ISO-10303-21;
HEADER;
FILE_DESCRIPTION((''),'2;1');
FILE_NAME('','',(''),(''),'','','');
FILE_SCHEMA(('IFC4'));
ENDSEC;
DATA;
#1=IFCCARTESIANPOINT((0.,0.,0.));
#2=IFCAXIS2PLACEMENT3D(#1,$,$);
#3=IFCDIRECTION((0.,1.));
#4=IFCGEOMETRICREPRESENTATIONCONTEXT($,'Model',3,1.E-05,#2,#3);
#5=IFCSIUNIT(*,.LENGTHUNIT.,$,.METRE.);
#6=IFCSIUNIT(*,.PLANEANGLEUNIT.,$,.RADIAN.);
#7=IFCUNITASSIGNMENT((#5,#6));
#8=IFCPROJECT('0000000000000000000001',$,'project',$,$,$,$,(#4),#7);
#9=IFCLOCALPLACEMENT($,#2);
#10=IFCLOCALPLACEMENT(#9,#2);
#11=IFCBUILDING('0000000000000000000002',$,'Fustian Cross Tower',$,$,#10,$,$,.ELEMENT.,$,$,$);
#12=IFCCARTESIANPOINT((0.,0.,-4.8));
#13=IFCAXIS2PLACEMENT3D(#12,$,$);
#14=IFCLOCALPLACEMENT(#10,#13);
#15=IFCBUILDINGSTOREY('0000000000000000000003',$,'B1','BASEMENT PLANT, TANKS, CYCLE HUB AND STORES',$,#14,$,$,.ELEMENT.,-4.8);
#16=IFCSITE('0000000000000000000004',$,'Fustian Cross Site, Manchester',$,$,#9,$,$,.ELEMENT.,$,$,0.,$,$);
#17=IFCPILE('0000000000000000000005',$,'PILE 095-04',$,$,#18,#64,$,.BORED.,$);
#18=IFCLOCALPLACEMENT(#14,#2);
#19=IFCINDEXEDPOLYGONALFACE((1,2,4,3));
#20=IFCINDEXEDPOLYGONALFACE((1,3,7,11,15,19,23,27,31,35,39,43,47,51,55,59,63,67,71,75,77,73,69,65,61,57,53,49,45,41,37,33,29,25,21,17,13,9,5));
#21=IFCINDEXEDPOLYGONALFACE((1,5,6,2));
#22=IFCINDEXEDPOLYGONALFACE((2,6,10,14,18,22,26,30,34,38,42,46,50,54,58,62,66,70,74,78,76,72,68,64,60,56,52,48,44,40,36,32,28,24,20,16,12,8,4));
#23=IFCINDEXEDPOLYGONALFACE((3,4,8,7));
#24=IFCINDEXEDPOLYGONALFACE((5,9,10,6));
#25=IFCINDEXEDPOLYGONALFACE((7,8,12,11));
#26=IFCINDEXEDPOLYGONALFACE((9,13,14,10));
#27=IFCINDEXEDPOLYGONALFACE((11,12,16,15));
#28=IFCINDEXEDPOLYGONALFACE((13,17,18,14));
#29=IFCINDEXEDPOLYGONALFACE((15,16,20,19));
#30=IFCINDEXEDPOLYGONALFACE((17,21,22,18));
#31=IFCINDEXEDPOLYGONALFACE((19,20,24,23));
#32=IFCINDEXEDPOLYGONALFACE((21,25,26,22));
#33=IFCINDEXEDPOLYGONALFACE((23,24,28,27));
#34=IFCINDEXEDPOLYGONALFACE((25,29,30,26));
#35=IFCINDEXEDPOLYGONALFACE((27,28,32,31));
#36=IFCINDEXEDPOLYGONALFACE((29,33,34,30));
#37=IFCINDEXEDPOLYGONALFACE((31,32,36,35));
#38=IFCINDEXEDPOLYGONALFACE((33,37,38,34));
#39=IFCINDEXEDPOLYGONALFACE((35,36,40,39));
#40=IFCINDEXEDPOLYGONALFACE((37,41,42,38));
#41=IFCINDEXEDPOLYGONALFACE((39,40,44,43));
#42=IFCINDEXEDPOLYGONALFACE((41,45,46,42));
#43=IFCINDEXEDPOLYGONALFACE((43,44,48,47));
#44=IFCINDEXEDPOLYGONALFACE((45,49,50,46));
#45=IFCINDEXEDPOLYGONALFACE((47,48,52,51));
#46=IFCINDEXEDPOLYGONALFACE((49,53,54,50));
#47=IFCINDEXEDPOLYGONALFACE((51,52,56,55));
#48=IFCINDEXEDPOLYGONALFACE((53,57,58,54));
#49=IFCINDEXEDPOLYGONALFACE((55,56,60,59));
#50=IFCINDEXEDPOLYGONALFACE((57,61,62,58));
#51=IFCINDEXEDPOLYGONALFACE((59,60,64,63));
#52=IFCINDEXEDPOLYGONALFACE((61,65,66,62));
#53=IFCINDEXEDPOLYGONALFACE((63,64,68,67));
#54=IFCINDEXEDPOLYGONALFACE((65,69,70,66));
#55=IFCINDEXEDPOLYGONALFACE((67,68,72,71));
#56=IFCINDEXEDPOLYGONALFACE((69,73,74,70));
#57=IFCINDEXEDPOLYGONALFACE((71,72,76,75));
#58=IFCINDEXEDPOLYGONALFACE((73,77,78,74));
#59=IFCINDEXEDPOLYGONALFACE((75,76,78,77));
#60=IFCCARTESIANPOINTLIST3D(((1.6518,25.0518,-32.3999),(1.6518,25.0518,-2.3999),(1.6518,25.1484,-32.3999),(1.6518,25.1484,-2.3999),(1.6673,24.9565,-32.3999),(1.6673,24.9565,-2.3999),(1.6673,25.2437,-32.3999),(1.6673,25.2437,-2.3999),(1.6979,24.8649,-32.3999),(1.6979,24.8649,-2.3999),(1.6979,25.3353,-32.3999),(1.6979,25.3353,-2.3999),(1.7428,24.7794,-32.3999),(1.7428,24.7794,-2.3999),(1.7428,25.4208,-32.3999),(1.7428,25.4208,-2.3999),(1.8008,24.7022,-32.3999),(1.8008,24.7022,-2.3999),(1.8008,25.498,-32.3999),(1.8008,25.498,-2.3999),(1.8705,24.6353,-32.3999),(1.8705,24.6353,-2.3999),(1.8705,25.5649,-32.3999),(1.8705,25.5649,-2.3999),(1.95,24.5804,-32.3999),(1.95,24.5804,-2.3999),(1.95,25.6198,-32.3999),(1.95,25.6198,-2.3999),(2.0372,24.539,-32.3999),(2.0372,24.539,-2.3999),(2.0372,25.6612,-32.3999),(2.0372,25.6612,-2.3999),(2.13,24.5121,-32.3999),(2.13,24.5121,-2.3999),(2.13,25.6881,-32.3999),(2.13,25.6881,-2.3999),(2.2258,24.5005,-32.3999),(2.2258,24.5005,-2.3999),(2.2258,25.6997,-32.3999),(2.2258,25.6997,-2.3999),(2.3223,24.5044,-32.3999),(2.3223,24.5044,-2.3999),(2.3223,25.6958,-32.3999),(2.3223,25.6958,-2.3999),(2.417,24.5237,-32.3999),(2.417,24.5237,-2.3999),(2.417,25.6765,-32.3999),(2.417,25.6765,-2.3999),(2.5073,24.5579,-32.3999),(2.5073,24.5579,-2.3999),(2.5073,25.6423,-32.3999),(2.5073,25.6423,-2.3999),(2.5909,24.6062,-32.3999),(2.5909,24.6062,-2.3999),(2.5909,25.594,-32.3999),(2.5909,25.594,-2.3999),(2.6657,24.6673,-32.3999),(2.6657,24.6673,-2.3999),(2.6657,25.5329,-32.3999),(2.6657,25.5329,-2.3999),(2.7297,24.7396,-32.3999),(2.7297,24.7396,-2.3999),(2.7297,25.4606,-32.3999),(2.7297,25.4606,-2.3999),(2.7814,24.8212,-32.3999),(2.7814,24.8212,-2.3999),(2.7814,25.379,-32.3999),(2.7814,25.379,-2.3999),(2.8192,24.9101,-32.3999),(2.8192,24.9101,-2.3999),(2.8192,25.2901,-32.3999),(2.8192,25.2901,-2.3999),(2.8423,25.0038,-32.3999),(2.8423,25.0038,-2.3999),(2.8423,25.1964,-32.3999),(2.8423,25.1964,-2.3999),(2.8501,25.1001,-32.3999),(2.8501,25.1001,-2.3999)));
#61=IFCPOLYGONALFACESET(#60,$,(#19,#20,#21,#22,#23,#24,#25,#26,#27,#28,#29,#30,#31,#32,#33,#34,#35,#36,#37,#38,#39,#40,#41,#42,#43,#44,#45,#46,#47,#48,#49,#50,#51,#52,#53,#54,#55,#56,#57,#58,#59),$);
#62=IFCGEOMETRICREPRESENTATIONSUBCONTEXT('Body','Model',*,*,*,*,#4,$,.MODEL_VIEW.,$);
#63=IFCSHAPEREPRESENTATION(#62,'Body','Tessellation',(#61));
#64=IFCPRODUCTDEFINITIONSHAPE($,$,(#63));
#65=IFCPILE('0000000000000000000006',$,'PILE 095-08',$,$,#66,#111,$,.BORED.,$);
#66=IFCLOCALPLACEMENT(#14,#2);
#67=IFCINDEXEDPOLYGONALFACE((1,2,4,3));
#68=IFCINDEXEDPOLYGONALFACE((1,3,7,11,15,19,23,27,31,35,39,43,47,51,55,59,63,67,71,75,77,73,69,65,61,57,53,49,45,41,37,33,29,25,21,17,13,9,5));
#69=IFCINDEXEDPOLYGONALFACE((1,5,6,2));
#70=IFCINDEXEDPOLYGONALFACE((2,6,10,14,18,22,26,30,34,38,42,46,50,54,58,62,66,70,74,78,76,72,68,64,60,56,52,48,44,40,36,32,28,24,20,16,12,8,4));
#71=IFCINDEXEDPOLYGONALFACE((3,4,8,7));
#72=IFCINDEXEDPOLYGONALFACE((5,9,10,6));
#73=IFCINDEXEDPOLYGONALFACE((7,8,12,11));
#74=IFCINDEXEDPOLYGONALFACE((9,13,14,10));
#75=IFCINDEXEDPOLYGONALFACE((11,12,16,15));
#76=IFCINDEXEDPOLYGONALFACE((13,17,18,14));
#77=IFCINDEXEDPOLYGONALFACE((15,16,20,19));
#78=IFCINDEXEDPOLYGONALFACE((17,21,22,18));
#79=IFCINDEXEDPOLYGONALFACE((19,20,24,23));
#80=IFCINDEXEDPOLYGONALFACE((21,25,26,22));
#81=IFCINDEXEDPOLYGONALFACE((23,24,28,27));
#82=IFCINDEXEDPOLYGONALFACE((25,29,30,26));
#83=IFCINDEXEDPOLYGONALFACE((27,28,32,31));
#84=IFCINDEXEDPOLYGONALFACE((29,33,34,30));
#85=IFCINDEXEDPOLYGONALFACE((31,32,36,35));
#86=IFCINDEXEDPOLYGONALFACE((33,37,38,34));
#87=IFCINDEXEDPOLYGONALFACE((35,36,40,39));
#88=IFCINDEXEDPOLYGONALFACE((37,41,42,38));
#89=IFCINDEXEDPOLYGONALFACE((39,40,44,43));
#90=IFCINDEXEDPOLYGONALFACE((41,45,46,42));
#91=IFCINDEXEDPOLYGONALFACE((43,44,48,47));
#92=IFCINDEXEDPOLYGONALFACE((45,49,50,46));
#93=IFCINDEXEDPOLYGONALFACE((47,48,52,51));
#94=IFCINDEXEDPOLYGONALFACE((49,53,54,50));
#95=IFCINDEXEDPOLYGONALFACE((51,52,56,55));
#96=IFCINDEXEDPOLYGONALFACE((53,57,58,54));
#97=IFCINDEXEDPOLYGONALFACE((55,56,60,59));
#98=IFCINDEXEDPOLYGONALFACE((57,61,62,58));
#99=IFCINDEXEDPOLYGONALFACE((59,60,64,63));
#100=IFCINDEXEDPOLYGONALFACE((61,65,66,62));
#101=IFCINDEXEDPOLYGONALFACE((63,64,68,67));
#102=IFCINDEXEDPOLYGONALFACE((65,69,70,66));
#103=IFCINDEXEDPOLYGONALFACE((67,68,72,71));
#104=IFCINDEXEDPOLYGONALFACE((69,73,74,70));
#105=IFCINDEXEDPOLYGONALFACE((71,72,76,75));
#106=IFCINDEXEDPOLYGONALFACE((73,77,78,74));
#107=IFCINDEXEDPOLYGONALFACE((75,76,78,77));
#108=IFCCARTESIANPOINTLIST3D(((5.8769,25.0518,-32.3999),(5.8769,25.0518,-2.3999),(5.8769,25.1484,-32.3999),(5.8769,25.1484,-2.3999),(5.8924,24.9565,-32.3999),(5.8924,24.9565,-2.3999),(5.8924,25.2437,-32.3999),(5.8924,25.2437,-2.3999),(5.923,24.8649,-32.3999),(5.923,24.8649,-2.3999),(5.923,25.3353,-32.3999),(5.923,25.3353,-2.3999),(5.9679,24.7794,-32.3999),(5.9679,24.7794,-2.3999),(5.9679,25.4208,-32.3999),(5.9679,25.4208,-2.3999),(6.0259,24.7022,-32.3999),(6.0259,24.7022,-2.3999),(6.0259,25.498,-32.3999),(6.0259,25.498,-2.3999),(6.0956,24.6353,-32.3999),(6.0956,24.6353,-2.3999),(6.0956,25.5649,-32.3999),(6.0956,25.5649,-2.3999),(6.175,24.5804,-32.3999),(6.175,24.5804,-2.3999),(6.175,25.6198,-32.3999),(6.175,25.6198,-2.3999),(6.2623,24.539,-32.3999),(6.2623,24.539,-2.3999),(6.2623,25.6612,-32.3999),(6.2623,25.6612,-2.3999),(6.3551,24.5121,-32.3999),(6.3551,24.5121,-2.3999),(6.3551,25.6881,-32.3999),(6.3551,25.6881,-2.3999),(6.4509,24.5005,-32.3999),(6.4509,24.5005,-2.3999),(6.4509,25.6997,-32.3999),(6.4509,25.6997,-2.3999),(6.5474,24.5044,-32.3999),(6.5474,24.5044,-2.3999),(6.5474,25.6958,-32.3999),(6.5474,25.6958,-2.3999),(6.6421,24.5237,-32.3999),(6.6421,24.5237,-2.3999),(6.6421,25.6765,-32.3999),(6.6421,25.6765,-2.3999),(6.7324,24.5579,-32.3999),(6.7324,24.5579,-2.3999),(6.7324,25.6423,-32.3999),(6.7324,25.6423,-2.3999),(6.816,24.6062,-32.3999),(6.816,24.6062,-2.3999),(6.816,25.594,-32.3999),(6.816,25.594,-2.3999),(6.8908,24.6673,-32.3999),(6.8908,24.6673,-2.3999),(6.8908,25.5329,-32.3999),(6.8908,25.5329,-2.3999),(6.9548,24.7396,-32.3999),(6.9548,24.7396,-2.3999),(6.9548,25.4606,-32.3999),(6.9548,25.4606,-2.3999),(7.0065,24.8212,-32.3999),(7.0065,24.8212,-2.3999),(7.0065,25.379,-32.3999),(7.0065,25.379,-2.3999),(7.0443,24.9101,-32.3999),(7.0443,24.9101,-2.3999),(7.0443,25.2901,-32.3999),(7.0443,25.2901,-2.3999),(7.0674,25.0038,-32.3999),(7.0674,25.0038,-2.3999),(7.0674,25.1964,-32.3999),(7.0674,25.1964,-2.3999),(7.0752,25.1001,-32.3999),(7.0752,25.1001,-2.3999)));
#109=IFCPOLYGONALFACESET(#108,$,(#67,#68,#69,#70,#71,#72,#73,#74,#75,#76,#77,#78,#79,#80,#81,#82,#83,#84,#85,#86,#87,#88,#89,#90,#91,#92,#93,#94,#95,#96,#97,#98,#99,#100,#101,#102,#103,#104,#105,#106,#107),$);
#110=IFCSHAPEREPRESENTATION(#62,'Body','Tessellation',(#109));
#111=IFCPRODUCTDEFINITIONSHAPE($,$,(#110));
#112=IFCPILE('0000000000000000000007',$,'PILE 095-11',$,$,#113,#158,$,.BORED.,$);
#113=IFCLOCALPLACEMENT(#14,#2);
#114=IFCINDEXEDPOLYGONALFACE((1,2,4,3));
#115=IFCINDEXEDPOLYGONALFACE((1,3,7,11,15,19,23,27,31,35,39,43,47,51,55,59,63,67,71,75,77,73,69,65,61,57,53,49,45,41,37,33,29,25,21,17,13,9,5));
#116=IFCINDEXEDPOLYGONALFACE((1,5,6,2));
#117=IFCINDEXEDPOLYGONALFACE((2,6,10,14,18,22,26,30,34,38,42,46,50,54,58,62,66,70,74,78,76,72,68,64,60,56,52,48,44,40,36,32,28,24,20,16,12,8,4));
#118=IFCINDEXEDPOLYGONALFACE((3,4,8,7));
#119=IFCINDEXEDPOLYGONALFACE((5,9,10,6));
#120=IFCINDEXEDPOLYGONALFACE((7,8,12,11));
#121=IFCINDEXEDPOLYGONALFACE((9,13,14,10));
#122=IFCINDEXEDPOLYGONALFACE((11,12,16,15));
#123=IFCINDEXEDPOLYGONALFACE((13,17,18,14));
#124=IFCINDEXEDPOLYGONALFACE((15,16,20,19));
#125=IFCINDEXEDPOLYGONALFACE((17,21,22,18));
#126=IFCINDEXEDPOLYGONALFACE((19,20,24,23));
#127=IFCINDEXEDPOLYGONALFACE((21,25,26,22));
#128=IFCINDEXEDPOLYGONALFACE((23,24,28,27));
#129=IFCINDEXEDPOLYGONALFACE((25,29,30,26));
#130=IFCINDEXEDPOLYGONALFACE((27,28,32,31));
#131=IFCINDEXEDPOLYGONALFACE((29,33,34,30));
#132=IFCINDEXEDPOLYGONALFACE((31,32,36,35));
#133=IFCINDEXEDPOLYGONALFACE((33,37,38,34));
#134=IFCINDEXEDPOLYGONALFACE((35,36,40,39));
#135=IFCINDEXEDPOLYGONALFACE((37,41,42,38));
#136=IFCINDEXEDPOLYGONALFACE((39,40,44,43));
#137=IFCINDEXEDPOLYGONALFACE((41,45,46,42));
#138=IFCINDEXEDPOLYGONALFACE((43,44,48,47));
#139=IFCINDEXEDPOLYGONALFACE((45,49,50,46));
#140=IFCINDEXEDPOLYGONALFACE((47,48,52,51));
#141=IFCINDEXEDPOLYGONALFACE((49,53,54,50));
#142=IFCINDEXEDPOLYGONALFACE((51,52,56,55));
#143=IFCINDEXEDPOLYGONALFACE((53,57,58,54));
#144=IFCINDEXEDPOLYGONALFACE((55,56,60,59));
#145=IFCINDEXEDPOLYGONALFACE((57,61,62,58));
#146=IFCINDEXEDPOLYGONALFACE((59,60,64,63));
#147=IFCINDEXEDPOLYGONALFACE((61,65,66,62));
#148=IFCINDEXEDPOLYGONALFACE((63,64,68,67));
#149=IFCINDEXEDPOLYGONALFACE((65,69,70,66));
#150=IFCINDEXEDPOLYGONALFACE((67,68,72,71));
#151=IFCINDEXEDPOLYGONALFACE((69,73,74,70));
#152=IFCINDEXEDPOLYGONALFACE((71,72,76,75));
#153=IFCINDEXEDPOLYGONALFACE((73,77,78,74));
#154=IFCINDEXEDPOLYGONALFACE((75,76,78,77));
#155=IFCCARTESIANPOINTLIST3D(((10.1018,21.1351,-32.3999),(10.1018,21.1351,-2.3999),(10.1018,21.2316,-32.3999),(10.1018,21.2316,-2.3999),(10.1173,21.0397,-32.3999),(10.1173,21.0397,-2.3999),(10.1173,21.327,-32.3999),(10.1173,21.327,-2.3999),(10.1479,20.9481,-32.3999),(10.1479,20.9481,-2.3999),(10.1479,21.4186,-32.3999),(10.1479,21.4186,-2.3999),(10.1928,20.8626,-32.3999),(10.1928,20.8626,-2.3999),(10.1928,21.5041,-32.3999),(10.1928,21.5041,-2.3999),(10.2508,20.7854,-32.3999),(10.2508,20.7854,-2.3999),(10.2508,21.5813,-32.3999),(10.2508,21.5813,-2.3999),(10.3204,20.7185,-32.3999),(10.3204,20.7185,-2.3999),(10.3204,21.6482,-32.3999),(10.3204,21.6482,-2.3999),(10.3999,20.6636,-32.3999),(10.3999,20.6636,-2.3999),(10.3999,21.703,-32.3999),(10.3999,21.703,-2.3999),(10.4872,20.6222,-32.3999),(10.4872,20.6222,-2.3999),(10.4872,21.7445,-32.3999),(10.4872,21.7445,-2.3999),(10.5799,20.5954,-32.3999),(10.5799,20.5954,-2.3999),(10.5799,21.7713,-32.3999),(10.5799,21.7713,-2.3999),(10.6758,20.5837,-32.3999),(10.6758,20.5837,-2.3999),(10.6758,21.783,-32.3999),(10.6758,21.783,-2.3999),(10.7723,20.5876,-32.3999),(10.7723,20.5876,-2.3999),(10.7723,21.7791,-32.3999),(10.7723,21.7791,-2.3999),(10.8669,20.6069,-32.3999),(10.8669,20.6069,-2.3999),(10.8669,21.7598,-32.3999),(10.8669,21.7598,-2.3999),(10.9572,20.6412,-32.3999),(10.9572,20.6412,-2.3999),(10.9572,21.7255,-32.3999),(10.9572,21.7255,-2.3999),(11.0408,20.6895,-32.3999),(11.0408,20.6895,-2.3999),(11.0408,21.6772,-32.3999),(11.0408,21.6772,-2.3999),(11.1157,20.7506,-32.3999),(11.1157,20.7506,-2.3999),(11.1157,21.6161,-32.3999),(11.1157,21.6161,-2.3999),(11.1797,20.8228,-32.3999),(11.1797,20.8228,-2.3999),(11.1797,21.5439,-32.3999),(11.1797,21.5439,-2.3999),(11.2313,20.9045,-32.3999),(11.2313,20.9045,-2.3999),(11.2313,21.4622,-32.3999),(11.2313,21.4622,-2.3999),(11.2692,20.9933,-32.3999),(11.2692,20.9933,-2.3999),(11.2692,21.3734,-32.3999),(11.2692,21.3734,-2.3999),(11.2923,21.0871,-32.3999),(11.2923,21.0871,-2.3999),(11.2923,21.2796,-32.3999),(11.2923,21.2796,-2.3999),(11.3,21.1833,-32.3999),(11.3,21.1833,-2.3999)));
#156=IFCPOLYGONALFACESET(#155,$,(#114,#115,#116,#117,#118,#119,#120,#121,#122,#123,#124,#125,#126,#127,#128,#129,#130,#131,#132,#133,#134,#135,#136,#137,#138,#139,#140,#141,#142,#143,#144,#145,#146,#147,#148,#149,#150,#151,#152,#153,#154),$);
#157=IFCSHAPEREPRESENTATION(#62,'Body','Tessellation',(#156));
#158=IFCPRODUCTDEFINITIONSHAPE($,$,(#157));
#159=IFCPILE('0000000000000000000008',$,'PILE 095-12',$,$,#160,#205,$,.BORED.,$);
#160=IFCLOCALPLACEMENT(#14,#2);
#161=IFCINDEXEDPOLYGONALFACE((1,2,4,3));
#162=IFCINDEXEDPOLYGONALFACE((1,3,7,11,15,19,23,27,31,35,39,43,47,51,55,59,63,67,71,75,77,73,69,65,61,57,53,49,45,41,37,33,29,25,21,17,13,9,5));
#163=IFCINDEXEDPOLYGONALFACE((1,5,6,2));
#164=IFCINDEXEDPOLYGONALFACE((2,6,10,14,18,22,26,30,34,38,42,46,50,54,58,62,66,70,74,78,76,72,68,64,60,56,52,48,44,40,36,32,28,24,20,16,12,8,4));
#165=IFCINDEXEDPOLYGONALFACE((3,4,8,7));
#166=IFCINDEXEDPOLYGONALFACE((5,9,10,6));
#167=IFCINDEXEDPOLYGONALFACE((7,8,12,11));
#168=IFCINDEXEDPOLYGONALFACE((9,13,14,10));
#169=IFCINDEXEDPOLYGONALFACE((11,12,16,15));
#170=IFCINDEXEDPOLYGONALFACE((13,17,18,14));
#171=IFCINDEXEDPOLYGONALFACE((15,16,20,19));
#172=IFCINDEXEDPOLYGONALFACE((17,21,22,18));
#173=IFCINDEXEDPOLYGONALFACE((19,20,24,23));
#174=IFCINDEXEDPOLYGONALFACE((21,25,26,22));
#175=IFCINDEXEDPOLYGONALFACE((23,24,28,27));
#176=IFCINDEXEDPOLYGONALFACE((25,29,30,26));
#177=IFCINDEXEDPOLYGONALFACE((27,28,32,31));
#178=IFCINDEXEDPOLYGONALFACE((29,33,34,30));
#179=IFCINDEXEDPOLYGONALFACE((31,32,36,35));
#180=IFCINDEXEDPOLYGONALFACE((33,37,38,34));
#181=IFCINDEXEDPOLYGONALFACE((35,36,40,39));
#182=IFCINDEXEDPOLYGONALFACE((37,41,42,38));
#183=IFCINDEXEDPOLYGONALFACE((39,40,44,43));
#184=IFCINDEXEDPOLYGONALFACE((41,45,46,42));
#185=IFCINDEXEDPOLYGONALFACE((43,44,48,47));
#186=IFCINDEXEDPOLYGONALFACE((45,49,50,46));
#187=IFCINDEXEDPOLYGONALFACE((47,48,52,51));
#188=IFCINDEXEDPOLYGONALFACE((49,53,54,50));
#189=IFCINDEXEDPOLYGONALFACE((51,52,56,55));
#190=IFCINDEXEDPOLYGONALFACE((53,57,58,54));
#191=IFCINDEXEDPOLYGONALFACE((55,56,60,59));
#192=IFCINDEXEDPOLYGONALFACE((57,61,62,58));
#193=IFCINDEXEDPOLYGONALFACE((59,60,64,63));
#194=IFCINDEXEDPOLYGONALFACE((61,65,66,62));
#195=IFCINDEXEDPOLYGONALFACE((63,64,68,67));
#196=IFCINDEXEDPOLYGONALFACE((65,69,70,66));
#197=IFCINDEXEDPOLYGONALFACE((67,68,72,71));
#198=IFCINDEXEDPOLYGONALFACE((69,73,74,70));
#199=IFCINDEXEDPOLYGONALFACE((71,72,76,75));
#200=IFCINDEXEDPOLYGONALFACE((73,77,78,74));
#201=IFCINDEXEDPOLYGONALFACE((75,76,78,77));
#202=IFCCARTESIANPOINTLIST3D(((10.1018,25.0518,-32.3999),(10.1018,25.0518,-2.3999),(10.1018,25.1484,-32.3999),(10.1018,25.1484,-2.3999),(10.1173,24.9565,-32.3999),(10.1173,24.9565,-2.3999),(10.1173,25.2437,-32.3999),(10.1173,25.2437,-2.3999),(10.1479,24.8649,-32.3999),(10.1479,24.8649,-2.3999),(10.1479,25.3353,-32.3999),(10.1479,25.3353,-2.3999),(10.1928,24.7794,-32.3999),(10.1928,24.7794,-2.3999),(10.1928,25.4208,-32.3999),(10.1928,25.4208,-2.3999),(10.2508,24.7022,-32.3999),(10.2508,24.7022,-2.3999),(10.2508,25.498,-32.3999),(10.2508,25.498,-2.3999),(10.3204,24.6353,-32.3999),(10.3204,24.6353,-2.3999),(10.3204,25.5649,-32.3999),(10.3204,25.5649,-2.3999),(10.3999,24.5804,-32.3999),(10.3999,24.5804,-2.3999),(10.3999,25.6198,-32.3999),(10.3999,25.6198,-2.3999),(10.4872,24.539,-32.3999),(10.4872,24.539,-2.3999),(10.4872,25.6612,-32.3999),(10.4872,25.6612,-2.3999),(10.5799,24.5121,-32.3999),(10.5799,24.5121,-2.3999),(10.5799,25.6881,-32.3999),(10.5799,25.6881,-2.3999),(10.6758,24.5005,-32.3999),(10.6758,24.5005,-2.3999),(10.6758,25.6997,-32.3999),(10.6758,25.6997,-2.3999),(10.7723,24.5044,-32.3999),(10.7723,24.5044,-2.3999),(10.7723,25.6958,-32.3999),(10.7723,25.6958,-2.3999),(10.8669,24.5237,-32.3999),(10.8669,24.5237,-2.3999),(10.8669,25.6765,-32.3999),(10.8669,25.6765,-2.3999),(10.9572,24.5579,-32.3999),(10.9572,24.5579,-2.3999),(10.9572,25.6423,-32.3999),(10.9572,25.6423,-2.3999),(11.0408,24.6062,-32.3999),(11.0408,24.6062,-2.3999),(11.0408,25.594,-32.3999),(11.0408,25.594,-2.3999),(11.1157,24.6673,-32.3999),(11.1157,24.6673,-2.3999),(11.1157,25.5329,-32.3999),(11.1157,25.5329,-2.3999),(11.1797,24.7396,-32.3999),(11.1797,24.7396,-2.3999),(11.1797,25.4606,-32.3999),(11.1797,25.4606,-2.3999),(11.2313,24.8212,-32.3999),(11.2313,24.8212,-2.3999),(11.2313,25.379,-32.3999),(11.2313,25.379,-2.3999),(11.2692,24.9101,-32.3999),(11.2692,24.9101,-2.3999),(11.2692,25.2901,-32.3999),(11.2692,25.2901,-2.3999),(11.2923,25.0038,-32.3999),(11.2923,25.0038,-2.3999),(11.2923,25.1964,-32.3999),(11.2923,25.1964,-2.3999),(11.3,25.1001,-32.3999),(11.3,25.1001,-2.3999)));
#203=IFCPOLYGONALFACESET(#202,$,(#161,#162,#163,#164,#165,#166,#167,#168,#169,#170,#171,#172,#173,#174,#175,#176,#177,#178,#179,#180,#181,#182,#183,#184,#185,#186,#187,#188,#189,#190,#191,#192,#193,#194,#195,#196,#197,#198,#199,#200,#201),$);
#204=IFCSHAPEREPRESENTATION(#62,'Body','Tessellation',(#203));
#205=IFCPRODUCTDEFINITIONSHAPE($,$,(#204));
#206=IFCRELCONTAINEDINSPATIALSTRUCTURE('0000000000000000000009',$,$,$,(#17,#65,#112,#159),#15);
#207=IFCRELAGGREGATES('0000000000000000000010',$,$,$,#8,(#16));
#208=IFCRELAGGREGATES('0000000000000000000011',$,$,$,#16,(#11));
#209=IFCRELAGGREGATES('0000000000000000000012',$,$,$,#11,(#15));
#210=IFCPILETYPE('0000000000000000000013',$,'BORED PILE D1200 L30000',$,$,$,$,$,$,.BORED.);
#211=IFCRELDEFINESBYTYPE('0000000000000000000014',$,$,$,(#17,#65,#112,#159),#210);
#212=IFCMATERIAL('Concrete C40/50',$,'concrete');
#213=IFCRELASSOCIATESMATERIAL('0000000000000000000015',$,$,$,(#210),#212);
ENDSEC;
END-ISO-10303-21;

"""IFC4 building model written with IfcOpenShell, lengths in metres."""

from ifc_helpers import new_model, si_unit, direction, frame, origin, origin_2d, place, context, subcontext, project, spatial, circle, extrude, material, material_profile, profile_set, type_object, element, save


model = new_model("IFC4")

# Units and contexts
model_context = context("Model", 3, precision=1e-05, world=origin(), true_north=direction((0.0, 1.0)))
body_context = subcontext(model_context, "Body", "Model", "MODEL_VIEW")
ifc_project = project(units=[si_unit("LENGTHUNIT", "METRE"), si_unit("PLANEANGLEUNIT", "RADIAN")], contexts=[model_context])

# Site, building, storey
site_placement = place(None, origin())
site = spatial("IfcSite", under=ifc_project, at=site_placement, Name="Fustian Cross Site, Manchester", CompositionType="ELEMENT", RefElevation=0.0)
building_placement = place(site_placement, origin())
building = spatial("IfcBuilding", under=site, at=building_placement, Name="Fustian Cross Tower", CompositionType="ELEMENT")
storey_placement = place(building_placement, frame((0.0, 0.0, -4.8)))
storey = spatial("IfcBuildingStorey", under=building, at=storey_placement, Name="B1", Description="BASEMENT PLANT, TANKS, CYCLE HUB AND STORES", CompositionType="ELEMENT", Elevation=-4.8)

# Piles
ifc_material_1 = material(Name="Concrete C40/50", Category="concrete")
ifc_material_profile_1 = material_profile(ifc_material_1, circle(Radius=0.6001, at=origin_2d()), Name="BORED PILE D1200 L30000")
ifc_profile_set_1 = profile_set([ifc_material_profile_1], Name="Concrete C40/50")
pile_type = type_object("IfcPileType", Name="BORED PILE D1200 L30000", PredefinedType="BORED", material=ifc_profile_set_1)
for number, where, z_axis, x_axis, name in (
    (1, (2.25, 25.1001, -2.3999), (0.0, 0.0, -1.0), (1.0, 0.0, 0.0), "PILE 095-04"),
    (2, (6.4751, 25.1001, -2.3999), (0.0, 0.0, -1.0), (1.0, 0.0, 0.0), "PILE 095-08"),
    (3, (10.7, 21.1833, -2.3999), (0.0, 0.0, -1.0), (1.0, 0.0, 0.0), "PILE 095-11"),
    (4, (10.7, 25.1001, -2.3999), (0.0, 0.0, -1.0), (1.0, 0.0, 0.0), "PILE 095-12"),
):
    element("IfcPile", number, at=place(storey_placement, frame(where, z_axis=z_axis, x_axis=x_axis)), inside=storey, type_object=pile_type, Name=name, PredefinedType="BORED", context=body_context, shape_type="SweptSolid", body=[
        extrude(circle(Radius=0.6001, at=origin_2d()), origin(), (0.0, 0.0, 1.0), 30.0),
    ])

save(model, "model.ifc")
